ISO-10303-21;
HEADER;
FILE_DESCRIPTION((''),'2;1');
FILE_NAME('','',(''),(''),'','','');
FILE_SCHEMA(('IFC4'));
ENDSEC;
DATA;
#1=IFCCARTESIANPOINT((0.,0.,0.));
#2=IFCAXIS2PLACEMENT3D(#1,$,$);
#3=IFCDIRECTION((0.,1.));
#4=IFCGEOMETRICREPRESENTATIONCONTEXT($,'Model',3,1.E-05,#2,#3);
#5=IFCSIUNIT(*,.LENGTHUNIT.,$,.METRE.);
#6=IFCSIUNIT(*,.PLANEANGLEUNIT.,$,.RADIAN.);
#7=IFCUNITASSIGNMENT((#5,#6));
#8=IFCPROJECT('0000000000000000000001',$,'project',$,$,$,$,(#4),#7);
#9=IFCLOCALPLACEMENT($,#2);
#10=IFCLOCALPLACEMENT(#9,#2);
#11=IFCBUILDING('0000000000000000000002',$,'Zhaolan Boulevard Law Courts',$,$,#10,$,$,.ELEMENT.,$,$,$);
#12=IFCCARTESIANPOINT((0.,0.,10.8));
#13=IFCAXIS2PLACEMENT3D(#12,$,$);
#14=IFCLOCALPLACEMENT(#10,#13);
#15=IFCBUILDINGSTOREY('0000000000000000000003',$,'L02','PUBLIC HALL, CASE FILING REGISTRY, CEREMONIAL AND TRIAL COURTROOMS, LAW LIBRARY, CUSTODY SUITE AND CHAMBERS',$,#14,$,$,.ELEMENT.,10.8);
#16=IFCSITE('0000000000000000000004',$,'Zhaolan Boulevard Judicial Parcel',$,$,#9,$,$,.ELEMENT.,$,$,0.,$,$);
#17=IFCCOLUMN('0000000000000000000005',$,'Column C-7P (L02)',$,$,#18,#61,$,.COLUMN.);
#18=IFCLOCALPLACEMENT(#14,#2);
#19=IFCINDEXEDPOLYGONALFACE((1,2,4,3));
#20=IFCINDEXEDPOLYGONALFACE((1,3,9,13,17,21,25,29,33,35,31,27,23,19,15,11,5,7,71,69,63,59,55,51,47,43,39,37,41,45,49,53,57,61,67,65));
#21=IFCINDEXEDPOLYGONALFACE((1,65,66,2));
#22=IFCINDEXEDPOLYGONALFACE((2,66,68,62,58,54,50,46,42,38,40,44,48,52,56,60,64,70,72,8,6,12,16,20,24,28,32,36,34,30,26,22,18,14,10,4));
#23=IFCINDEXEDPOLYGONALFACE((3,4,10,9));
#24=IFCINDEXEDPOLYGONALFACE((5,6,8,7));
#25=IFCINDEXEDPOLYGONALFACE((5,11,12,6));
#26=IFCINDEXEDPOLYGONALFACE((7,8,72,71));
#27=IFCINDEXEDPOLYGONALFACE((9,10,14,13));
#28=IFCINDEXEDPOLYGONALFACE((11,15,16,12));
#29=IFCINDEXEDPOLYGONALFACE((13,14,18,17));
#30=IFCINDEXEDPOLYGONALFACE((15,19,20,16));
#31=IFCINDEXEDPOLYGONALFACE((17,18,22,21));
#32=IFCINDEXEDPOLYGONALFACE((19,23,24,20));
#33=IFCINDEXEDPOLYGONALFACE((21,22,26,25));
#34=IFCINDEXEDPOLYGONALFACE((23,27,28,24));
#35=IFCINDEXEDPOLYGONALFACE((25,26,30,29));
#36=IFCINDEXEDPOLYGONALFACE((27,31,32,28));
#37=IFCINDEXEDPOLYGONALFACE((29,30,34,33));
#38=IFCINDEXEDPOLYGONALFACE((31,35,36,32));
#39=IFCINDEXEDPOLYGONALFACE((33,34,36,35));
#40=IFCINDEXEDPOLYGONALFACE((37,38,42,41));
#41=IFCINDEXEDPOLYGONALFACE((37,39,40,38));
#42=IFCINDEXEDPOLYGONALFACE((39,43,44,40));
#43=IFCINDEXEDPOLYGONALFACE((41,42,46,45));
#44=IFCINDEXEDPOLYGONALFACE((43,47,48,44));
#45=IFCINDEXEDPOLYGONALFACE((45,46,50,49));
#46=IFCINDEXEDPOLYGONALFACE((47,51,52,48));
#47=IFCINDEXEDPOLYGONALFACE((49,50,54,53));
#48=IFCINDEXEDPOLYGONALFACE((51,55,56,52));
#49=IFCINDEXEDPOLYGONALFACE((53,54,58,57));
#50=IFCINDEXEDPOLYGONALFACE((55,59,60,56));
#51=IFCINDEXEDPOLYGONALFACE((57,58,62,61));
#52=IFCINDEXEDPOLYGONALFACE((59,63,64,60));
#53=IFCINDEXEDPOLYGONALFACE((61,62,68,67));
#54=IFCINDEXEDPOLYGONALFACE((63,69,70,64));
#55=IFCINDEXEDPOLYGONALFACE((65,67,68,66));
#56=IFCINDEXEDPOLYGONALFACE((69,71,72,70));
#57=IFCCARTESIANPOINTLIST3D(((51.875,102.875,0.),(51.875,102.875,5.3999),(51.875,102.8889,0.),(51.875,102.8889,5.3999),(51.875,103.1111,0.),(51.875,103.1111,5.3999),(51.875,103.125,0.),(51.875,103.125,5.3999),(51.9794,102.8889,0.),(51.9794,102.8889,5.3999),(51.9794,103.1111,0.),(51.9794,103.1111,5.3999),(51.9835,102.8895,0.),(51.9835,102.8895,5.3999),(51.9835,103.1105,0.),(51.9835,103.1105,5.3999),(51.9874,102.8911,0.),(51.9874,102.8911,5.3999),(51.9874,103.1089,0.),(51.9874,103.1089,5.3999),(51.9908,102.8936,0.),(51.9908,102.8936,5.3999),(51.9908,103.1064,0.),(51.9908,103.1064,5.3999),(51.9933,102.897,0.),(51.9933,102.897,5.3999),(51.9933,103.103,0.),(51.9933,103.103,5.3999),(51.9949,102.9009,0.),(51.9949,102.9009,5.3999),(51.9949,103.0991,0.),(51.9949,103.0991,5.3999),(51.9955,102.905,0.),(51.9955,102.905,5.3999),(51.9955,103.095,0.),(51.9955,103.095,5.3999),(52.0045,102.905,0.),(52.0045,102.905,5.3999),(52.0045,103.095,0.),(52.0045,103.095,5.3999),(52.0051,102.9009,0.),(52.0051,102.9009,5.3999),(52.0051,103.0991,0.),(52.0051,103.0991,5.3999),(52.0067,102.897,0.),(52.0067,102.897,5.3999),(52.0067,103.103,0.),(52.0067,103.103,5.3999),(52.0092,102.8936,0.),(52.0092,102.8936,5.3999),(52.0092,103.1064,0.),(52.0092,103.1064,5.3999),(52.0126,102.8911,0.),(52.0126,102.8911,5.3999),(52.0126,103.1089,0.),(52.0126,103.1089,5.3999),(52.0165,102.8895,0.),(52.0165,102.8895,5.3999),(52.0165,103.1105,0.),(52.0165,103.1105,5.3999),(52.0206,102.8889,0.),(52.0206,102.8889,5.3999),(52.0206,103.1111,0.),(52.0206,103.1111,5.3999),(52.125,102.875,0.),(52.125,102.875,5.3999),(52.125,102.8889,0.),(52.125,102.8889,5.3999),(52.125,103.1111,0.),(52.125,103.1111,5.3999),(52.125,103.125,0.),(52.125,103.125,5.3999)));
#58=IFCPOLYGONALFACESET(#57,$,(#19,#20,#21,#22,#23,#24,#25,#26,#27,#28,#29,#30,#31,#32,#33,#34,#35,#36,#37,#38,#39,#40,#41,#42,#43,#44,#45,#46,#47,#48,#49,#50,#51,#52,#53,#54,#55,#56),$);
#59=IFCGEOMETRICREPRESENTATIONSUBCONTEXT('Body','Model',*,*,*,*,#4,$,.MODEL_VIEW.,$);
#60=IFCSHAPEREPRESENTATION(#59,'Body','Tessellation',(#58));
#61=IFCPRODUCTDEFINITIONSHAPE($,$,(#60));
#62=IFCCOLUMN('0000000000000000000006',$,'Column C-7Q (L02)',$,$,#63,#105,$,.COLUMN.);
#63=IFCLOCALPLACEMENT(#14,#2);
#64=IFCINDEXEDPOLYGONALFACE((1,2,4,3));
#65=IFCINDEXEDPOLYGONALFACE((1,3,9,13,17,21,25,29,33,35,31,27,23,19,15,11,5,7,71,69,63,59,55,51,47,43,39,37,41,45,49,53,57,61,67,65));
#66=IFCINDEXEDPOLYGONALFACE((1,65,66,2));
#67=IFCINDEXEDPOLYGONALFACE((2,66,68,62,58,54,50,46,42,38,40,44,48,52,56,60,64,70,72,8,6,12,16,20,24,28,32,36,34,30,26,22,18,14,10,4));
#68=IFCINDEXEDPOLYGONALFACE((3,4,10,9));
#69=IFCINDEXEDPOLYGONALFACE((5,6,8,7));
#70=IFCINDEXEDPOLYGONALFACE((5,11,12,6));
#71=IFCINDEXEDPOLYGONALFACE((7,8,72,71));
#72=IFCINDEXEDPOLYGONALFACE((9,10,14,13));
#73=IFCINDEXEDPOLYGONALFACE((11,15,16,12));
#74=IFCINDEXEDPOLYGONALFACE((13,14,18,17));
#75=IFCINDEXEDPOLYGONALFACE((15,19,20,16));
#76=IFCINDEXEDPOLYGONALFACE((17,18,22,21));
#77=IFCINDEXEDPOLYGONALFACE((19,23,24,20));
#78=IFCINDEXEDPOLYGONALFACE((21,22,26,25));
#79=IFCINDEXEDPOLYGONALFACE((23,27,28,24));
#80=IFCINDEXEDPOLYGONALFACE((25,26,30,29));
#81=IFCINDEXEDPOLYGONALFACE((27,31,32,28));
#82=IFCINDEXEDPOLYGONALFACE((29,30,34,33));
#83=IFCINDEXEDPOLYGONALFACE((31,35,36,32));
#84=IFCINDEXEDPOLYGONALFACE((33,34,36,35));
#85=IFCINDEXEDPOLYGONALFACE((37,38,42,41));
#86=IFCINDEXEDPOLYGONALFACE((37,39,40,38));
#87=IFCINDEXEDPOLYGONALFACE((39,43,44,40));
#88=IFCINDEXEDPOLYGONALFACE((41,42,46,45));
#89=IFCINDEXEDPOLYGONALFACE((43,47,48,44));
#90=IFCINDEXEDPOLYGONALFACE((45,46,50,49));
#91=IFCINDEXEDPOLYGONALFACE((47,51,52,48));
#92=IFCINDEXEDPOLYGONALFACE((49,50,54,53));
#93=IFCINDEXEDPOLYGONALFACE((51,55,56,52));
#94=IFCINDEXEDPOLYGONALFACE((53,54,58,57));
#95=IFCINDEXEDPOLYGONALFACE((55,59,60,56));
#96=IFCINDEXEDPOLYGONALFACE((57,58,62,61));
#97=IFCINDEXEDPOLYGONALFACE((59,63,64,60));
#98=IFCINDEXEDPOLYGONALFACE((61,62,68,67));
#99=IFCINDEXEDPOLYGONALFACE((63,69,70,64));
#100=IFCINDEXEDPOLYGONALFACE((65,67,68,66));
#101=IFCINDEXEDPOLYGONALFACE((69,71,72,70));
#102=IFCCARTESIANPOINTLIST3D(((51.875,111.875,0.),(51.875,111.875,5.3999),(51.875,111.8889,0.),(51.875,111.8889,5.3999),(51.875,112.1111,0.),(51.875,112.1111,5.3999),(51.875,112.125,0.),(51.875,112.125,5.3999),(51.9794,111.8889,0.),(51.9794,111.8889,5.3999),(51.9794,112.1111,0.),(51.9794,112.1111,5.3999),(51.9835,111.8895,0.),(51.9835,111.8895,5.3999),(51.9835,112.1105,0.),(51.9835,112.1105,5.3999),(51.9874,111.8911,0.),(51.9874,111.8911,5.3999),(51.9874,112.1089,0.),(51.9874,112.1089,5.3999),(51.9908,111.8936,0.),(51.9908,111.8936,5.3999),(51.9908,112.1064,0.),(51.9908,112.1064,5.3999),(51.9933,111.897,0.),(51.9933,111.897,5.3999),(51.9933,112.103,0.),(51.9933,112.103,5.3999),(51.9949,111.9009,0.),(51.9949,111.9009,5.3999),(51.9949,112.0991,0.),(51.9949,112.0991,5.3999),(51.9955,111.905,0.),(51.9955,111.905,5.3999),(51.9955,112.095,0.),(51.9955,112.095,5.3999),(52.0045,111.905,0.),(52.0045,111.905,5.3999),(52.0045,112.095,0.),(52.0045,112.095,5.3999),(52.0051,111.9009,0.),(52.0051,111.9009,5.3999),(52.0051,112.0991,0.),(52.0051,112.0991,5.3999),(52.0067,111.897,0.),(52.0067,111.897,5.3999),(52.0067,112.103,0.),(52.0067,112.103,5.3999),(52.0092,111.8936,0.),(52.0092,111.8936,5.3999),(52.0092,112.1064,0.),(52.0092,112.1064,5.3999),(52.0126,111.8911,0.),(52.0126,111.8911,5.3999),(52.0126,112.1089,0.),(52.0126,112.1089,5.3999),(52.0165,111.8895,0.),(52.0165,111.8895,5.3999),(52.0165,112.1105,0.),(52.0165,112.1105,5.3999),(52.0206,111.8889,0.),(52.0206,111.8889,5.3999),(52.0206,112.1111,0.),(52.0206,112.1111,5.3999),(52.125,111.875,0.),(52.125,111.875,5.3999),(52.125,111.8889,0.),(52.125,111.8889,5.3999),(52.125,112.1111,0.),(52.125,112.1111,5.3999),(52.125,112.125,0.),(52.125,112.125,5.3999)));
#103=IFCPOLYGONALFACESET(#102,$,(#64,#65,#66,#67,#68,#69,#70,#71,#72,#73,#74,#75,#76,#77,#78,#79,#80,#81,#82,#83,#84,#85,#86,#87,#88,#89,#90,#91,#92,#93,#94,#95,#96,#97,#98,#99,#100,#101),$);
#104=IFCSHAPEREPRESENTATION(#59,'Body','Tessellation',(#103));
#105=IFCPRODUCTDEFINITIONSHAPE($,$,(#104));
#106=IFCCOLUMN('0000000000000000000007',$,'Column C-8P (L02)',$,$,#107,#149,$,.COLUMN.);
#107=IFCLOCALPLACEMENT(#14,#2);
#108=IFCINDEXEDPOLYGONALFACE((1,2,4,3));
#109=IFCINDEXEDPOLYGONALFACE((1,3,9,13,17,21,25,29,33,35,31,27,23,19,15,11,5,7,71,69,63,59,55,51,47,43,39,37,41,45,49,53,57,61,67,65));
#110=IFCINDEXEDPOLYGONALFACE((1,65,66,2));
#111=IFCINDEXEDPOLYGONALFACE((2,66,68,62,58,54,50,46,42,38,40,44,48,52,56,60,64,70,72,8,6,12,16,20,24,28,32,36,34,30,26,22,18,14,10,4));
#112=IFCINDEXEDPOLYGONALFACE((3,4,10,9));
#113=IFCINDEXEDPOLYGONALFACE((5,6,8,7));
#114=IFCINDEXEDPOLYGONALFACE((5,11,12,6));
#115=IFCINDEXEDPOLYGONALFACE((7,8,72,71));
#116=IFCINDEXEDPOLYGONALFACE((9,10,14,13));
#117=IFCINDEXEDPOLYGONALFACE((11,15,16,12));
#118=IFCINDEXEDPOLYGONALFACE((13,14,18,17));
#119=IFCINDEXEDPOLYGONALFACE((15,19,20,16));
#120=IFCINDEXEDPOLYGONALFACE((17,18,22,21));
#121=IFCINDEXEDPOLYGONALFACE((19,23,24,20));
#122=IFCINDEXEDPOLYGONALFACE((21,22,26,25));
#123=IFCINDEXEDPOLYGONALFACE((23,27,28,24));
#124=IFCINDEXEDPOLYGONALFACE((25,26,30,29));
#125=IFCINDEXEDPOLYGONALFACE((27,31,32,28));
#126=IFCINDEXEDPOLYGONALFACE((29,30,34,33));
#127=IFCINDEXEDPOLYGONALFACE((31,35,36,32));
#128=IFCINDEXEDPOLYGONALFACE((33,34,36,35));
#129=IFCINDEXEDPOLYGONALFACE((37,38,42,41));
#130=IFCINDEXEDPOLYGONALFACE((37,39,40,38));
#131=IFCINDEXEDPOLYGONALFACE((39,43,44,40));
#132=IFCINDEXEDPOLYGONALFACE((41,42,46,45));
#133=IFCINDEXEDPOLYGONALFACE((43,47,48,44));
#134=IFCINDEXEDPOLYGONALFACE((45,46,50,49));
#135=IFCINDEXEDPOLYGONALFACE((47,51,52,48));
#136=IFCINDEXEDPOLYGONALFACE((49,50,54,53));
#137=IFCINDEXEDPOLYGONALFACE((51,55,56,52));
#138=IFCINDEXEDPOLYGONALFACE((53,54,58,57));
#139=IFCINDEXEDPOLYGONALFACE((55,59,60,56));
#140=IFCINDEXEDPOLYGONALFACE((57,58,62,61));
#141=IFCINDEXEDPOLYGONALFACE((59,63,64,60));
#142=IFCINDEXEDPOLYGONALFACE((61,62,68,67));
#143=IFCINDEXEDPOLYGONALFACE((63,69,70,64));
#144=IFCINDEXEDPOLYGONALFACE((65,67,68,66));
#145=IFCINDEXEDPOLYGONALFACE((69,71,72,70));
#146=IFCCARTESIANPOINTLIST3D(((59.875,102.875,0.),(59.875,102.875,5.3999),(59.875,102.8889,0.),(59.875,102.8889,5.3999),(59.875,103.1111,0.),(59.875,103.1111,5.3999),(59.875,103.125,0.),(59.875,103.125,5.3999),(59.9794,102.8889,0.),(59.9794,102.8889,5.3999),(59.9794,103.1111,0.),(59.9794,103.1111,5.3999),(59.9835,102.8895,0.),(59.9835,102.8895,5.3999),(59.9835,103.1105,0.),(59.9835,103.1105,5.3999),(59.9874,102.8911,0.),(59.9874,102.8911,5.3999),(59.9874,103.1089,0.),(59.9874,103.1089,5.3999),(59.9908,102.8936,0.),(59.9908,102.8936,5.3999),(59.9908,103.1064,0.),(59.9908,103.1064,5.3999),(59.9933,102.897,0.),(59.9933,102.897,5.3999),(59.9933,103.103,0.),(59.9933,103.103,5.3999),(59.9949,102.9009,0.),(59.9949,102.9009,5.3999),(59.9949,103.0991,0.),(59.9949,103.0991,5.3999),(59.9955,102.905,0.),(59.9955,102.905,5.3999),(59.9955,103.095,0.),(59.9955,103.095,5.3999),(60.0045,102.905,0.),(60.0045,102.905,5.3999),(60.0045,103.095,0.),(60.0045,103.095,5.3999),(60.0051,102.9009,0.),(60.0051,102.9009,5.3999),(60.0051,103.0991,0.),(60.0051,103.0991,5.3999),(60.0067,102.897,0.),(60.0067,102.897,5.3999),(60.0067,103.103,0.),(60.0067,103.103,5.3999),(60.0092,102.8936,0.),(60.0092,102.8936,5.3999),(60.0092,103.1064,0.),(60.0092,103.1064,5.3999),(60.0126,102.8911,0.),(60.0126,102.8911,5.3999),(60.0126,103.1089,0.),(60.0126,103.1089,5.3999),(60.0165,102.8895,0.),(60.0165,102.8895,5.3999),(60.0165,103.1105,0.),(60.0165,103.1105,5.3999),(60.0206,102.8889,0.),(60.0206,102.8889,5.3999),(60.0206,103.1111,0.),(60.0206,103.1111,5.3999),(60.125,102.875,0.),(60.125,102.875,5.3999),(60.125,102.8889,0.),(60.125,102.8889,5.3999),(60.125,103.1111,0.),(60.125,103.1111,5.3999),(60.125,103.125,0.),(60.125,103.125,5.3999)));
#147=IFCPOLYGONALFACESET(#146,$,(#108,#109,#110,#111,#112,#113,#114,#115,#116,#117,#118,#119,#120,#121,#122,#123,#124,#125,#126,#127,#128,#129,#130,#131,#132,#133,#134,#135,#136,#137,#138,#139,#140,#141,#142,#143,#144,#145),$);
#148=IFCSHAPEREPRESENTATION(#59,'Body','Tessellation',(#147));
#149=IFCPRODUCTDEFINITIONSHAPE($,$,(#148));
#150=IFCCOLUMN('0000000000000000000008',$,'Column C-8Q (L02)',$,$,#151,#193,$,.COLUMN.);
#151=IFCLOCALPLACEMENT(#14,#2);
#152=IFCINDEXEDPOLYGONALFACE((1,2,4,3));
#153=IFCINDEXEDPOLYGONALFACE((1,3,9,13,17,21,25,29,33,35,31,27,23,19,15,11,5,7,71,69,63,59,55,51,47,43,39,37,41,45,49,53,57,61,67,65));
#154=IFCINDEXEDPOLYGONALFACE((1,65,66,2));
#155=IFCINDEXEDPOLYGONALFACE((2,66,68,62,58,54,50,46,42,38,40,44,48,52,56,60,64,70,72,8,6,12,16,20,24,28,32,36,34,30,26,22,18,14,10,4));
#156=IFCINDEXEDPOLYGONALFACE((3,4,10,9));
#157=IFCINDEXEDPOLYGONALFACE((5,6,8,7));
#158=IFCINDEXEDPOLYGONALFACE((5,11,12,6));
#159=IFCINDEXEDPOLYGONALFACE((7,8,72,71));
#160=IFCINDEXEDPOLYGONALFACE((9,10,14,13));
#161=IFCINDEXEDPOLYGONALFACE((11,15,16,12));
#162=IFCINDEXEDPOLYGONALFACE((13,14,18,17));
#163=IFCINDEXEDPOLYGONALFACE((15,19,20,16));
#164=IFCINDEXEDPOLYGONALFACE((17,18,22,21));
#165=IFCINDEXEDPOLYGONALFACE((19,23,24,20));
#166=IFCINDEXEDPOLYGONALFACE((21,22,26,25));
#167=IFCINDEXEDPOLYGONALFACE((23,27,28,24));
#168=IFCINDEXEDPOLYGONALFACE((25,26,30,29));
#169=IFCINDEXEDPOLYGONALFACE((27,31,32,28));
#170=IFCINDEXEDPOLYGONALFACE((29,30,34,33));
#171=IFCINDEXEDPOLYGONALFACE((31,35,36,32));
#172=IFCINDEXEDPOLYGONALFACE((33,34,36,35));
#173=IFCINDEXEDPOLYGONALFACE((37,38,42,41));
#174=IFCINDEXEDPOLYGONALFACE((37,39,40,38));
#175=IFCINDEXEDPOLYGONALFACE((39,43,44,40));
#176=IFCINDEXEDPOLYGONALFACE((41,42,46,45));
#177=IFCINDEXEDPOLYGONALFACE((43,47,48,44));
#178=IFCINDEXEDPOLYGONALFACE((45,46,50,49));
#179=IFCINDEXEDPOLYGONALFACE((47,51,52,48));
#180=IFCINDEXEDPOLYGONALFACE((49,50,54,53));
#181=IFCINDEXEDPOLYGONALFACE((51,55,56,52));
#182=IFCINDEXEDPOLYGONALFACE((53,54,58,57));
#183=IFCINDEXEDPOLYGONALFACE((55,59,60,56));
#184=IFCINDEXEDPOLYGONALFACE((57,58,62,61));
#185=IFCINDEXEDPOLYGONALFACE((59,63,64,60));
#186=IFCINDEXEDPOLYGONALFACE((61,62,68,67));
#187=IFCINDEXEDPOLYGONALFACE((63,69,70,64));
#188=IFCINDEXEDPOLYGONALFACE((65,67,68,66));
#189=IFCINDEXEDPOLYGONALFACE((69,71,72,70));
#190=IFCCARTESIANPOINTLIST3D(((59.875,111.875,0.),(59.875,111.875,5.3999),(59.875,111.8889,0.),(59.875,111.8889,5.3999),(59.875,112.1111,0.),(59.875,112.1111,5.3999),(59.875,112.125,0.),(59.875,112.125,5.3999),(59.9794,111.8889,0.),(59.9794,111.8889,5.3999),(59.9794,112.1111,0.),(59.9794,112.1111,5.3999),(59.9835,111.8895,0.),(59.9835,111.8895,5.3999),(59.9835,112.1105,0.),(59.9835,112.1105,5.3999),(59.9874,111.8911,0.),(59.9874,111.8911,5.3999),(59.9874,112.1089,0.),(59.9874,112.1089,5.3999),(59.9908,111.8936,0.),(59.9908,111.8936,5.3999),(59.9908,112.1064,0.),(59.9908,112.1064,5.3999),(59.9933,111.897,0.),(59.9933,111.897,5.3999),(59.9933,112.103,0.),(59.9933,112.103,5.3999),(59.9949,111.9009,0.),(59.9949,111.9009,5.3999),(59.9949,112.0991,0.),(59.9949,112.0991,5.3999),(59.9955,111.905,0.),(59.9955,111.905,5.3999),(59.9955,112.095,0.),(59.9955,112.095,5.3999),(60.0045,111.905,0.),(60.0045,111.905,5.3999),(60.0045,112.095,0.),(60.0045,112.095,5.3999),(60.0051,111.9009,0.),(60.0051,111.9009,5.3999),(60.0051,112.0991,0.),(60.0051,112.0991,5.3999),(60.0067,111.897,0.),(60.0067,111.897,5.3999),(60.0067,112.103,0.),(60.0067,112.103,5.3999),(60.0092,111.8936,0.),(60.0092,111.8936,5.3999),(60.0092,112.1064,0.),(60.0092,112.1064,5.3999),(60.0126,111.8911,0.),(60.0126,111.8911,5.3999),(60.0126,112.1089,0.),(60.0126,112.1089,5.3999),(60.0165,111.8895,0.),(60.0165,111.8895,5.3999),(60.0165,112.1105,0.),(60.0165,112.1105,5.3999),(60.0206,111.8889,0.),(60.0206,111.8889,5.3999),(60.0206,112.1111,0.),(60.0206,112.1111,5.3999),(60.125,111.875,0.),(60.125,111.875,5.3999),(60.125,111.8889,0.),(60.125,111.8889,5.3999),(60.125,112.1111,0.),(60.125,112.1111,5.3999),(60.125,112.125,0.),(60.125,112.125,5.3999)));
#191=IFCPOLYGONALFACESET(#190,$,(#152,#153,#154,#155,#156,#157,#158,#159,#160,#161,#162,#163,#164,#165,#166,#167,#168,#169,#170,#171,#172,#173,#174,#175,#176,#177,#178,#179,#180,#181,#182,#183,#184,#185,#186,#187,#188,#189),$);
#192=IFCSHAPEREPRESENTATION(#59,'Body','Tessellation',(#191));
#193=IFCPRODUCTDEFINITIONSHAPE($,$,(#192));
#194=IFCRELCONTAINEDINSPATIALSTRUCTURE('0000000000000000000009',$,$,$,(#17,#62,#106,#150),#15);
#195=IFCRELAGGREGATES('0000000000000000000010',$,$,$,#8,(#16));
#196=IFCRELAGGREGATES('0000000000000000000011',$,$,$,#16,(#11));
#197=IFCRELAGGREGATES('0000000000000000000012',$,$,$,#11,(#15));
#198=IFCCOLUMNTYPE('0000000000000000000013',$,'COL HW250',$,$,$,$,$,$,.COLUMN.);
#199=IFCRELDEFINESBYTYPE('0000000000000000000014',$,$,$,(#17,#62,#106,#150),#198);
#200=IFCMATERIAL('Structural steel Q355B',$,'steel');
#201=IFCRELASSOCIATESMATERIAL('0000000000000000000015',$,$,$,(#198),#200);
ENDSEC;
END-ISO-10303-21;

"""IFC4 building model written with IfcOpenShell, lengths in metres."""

from ifc_helpers import new_model, si_unit, direction, frame, origin, origin_2d, place, context, subcontext, project, spatial, i_section, extrude, material, material_profile, profile_set, type_object, element, save


model = new_model("IFC4")

# Units and contexts
model_context = context("Model", 3, precision=1e-05, world=origin(), true_north=direction((0.0, 1.0)))
body_context = subcontext(model_context, "Body", "Model", "MODEL_VIEW")
ifc_project = project(units=[si_unit("LENGTHUNIT", "METRE"), si_unit("PLANEANGLEUNIT", "RADIAN")], contexts=[model_context])

# Site, building, storey
site_placement = place(None, origin())
site = spatial("IfcSite", under=ifc_project, at=site_placement, Name="Zhaolan Boulevard Judicial Parcel", CompositionType="ELEMENT", RefElevation=0.0)
building_placement = place(site_placement, origin())
building = spatial("IfcBuilding", under=site, at=building_placement, Name="Zhaolan Boulevard Law Courts", CompositionType="ELEMENT")
storey_placement = place(building_placement, frame((0.0, 0.0, 10.8)))
storey = spatial("IfcBuildingStorey", under=building, at=storey_placement, Name="L02", Description="PUBLIC HALL, CASE FILING REGISTRY, CEREMONIAL AND TRIAL COURTROOMS, LAW LIBRARY, CUSTODY SUITE AND CHAMBERS", CompositionType="ELEMENT", Elevation=10.8)

# Columns
ifc_material_1 = material(Name="Structural steel Q355B", Category="steel")
ifc_material_profile_1 = material_profile(ifc_material_1, i_section(OverallWidth=0.25, OverallDepth=0.25, WebThickness=0.009, FlangeThickness=0.0139, FilletRadius=0.0161, at=origin_2d()), Name="HW250x250")
ifc_profile_set_1 = profile_set([ifc_material_profile_1], Name="Structural steel Q355B")
column_type = type_object("IfcColumnType", Name="COL HW250", PredefinedType="COLUMN", material=ifc_profile_set_1)
for number, where, z_axis, x_axis, name in (
    (1, (52.0, 103.0, 0.0), (0.0, 0.0, 1.0), (1.0, 0.0, 0.0), "Column C-7P (L02)"),
    (2, (52.0, 112.0, 0.0), (0.0, 0.0, 1.0), (1.0, 0.0, 0.0), "Column C-7Q (L02)"),
    (3, (60.0, 103.0, 0.0), (0.0, 0.0, 1.0), (1.0, 0.0, 0.0), "Column C-8P (L02)"),
    (4, (60.0, 112.0, 0.0), (0.0, 0.0, 1.0), (1.0, 0.0, 0.0), "Column C-8Q (L02)"),
):
    element("IfcColumn", number, at=place(storey_placement, frame(where, z_axis=z_axis, x_axis=x_axis)), inside=storey, type_object=column_type, Name=name, PredefinedType="COLUMN", context=body_context, shape_type="SweptSolid", body=[
        extrude(i_section(OverallWidth=0.25, OverallDepth=0.25, WebThickness=0.009, FlangeThickness=0.0139, FilletRadius=0.0161, at=origin_2d()), origin(), (0.0, 0.0, 1.0), 5.3999),
    ])

save(model, "model.ifc")
